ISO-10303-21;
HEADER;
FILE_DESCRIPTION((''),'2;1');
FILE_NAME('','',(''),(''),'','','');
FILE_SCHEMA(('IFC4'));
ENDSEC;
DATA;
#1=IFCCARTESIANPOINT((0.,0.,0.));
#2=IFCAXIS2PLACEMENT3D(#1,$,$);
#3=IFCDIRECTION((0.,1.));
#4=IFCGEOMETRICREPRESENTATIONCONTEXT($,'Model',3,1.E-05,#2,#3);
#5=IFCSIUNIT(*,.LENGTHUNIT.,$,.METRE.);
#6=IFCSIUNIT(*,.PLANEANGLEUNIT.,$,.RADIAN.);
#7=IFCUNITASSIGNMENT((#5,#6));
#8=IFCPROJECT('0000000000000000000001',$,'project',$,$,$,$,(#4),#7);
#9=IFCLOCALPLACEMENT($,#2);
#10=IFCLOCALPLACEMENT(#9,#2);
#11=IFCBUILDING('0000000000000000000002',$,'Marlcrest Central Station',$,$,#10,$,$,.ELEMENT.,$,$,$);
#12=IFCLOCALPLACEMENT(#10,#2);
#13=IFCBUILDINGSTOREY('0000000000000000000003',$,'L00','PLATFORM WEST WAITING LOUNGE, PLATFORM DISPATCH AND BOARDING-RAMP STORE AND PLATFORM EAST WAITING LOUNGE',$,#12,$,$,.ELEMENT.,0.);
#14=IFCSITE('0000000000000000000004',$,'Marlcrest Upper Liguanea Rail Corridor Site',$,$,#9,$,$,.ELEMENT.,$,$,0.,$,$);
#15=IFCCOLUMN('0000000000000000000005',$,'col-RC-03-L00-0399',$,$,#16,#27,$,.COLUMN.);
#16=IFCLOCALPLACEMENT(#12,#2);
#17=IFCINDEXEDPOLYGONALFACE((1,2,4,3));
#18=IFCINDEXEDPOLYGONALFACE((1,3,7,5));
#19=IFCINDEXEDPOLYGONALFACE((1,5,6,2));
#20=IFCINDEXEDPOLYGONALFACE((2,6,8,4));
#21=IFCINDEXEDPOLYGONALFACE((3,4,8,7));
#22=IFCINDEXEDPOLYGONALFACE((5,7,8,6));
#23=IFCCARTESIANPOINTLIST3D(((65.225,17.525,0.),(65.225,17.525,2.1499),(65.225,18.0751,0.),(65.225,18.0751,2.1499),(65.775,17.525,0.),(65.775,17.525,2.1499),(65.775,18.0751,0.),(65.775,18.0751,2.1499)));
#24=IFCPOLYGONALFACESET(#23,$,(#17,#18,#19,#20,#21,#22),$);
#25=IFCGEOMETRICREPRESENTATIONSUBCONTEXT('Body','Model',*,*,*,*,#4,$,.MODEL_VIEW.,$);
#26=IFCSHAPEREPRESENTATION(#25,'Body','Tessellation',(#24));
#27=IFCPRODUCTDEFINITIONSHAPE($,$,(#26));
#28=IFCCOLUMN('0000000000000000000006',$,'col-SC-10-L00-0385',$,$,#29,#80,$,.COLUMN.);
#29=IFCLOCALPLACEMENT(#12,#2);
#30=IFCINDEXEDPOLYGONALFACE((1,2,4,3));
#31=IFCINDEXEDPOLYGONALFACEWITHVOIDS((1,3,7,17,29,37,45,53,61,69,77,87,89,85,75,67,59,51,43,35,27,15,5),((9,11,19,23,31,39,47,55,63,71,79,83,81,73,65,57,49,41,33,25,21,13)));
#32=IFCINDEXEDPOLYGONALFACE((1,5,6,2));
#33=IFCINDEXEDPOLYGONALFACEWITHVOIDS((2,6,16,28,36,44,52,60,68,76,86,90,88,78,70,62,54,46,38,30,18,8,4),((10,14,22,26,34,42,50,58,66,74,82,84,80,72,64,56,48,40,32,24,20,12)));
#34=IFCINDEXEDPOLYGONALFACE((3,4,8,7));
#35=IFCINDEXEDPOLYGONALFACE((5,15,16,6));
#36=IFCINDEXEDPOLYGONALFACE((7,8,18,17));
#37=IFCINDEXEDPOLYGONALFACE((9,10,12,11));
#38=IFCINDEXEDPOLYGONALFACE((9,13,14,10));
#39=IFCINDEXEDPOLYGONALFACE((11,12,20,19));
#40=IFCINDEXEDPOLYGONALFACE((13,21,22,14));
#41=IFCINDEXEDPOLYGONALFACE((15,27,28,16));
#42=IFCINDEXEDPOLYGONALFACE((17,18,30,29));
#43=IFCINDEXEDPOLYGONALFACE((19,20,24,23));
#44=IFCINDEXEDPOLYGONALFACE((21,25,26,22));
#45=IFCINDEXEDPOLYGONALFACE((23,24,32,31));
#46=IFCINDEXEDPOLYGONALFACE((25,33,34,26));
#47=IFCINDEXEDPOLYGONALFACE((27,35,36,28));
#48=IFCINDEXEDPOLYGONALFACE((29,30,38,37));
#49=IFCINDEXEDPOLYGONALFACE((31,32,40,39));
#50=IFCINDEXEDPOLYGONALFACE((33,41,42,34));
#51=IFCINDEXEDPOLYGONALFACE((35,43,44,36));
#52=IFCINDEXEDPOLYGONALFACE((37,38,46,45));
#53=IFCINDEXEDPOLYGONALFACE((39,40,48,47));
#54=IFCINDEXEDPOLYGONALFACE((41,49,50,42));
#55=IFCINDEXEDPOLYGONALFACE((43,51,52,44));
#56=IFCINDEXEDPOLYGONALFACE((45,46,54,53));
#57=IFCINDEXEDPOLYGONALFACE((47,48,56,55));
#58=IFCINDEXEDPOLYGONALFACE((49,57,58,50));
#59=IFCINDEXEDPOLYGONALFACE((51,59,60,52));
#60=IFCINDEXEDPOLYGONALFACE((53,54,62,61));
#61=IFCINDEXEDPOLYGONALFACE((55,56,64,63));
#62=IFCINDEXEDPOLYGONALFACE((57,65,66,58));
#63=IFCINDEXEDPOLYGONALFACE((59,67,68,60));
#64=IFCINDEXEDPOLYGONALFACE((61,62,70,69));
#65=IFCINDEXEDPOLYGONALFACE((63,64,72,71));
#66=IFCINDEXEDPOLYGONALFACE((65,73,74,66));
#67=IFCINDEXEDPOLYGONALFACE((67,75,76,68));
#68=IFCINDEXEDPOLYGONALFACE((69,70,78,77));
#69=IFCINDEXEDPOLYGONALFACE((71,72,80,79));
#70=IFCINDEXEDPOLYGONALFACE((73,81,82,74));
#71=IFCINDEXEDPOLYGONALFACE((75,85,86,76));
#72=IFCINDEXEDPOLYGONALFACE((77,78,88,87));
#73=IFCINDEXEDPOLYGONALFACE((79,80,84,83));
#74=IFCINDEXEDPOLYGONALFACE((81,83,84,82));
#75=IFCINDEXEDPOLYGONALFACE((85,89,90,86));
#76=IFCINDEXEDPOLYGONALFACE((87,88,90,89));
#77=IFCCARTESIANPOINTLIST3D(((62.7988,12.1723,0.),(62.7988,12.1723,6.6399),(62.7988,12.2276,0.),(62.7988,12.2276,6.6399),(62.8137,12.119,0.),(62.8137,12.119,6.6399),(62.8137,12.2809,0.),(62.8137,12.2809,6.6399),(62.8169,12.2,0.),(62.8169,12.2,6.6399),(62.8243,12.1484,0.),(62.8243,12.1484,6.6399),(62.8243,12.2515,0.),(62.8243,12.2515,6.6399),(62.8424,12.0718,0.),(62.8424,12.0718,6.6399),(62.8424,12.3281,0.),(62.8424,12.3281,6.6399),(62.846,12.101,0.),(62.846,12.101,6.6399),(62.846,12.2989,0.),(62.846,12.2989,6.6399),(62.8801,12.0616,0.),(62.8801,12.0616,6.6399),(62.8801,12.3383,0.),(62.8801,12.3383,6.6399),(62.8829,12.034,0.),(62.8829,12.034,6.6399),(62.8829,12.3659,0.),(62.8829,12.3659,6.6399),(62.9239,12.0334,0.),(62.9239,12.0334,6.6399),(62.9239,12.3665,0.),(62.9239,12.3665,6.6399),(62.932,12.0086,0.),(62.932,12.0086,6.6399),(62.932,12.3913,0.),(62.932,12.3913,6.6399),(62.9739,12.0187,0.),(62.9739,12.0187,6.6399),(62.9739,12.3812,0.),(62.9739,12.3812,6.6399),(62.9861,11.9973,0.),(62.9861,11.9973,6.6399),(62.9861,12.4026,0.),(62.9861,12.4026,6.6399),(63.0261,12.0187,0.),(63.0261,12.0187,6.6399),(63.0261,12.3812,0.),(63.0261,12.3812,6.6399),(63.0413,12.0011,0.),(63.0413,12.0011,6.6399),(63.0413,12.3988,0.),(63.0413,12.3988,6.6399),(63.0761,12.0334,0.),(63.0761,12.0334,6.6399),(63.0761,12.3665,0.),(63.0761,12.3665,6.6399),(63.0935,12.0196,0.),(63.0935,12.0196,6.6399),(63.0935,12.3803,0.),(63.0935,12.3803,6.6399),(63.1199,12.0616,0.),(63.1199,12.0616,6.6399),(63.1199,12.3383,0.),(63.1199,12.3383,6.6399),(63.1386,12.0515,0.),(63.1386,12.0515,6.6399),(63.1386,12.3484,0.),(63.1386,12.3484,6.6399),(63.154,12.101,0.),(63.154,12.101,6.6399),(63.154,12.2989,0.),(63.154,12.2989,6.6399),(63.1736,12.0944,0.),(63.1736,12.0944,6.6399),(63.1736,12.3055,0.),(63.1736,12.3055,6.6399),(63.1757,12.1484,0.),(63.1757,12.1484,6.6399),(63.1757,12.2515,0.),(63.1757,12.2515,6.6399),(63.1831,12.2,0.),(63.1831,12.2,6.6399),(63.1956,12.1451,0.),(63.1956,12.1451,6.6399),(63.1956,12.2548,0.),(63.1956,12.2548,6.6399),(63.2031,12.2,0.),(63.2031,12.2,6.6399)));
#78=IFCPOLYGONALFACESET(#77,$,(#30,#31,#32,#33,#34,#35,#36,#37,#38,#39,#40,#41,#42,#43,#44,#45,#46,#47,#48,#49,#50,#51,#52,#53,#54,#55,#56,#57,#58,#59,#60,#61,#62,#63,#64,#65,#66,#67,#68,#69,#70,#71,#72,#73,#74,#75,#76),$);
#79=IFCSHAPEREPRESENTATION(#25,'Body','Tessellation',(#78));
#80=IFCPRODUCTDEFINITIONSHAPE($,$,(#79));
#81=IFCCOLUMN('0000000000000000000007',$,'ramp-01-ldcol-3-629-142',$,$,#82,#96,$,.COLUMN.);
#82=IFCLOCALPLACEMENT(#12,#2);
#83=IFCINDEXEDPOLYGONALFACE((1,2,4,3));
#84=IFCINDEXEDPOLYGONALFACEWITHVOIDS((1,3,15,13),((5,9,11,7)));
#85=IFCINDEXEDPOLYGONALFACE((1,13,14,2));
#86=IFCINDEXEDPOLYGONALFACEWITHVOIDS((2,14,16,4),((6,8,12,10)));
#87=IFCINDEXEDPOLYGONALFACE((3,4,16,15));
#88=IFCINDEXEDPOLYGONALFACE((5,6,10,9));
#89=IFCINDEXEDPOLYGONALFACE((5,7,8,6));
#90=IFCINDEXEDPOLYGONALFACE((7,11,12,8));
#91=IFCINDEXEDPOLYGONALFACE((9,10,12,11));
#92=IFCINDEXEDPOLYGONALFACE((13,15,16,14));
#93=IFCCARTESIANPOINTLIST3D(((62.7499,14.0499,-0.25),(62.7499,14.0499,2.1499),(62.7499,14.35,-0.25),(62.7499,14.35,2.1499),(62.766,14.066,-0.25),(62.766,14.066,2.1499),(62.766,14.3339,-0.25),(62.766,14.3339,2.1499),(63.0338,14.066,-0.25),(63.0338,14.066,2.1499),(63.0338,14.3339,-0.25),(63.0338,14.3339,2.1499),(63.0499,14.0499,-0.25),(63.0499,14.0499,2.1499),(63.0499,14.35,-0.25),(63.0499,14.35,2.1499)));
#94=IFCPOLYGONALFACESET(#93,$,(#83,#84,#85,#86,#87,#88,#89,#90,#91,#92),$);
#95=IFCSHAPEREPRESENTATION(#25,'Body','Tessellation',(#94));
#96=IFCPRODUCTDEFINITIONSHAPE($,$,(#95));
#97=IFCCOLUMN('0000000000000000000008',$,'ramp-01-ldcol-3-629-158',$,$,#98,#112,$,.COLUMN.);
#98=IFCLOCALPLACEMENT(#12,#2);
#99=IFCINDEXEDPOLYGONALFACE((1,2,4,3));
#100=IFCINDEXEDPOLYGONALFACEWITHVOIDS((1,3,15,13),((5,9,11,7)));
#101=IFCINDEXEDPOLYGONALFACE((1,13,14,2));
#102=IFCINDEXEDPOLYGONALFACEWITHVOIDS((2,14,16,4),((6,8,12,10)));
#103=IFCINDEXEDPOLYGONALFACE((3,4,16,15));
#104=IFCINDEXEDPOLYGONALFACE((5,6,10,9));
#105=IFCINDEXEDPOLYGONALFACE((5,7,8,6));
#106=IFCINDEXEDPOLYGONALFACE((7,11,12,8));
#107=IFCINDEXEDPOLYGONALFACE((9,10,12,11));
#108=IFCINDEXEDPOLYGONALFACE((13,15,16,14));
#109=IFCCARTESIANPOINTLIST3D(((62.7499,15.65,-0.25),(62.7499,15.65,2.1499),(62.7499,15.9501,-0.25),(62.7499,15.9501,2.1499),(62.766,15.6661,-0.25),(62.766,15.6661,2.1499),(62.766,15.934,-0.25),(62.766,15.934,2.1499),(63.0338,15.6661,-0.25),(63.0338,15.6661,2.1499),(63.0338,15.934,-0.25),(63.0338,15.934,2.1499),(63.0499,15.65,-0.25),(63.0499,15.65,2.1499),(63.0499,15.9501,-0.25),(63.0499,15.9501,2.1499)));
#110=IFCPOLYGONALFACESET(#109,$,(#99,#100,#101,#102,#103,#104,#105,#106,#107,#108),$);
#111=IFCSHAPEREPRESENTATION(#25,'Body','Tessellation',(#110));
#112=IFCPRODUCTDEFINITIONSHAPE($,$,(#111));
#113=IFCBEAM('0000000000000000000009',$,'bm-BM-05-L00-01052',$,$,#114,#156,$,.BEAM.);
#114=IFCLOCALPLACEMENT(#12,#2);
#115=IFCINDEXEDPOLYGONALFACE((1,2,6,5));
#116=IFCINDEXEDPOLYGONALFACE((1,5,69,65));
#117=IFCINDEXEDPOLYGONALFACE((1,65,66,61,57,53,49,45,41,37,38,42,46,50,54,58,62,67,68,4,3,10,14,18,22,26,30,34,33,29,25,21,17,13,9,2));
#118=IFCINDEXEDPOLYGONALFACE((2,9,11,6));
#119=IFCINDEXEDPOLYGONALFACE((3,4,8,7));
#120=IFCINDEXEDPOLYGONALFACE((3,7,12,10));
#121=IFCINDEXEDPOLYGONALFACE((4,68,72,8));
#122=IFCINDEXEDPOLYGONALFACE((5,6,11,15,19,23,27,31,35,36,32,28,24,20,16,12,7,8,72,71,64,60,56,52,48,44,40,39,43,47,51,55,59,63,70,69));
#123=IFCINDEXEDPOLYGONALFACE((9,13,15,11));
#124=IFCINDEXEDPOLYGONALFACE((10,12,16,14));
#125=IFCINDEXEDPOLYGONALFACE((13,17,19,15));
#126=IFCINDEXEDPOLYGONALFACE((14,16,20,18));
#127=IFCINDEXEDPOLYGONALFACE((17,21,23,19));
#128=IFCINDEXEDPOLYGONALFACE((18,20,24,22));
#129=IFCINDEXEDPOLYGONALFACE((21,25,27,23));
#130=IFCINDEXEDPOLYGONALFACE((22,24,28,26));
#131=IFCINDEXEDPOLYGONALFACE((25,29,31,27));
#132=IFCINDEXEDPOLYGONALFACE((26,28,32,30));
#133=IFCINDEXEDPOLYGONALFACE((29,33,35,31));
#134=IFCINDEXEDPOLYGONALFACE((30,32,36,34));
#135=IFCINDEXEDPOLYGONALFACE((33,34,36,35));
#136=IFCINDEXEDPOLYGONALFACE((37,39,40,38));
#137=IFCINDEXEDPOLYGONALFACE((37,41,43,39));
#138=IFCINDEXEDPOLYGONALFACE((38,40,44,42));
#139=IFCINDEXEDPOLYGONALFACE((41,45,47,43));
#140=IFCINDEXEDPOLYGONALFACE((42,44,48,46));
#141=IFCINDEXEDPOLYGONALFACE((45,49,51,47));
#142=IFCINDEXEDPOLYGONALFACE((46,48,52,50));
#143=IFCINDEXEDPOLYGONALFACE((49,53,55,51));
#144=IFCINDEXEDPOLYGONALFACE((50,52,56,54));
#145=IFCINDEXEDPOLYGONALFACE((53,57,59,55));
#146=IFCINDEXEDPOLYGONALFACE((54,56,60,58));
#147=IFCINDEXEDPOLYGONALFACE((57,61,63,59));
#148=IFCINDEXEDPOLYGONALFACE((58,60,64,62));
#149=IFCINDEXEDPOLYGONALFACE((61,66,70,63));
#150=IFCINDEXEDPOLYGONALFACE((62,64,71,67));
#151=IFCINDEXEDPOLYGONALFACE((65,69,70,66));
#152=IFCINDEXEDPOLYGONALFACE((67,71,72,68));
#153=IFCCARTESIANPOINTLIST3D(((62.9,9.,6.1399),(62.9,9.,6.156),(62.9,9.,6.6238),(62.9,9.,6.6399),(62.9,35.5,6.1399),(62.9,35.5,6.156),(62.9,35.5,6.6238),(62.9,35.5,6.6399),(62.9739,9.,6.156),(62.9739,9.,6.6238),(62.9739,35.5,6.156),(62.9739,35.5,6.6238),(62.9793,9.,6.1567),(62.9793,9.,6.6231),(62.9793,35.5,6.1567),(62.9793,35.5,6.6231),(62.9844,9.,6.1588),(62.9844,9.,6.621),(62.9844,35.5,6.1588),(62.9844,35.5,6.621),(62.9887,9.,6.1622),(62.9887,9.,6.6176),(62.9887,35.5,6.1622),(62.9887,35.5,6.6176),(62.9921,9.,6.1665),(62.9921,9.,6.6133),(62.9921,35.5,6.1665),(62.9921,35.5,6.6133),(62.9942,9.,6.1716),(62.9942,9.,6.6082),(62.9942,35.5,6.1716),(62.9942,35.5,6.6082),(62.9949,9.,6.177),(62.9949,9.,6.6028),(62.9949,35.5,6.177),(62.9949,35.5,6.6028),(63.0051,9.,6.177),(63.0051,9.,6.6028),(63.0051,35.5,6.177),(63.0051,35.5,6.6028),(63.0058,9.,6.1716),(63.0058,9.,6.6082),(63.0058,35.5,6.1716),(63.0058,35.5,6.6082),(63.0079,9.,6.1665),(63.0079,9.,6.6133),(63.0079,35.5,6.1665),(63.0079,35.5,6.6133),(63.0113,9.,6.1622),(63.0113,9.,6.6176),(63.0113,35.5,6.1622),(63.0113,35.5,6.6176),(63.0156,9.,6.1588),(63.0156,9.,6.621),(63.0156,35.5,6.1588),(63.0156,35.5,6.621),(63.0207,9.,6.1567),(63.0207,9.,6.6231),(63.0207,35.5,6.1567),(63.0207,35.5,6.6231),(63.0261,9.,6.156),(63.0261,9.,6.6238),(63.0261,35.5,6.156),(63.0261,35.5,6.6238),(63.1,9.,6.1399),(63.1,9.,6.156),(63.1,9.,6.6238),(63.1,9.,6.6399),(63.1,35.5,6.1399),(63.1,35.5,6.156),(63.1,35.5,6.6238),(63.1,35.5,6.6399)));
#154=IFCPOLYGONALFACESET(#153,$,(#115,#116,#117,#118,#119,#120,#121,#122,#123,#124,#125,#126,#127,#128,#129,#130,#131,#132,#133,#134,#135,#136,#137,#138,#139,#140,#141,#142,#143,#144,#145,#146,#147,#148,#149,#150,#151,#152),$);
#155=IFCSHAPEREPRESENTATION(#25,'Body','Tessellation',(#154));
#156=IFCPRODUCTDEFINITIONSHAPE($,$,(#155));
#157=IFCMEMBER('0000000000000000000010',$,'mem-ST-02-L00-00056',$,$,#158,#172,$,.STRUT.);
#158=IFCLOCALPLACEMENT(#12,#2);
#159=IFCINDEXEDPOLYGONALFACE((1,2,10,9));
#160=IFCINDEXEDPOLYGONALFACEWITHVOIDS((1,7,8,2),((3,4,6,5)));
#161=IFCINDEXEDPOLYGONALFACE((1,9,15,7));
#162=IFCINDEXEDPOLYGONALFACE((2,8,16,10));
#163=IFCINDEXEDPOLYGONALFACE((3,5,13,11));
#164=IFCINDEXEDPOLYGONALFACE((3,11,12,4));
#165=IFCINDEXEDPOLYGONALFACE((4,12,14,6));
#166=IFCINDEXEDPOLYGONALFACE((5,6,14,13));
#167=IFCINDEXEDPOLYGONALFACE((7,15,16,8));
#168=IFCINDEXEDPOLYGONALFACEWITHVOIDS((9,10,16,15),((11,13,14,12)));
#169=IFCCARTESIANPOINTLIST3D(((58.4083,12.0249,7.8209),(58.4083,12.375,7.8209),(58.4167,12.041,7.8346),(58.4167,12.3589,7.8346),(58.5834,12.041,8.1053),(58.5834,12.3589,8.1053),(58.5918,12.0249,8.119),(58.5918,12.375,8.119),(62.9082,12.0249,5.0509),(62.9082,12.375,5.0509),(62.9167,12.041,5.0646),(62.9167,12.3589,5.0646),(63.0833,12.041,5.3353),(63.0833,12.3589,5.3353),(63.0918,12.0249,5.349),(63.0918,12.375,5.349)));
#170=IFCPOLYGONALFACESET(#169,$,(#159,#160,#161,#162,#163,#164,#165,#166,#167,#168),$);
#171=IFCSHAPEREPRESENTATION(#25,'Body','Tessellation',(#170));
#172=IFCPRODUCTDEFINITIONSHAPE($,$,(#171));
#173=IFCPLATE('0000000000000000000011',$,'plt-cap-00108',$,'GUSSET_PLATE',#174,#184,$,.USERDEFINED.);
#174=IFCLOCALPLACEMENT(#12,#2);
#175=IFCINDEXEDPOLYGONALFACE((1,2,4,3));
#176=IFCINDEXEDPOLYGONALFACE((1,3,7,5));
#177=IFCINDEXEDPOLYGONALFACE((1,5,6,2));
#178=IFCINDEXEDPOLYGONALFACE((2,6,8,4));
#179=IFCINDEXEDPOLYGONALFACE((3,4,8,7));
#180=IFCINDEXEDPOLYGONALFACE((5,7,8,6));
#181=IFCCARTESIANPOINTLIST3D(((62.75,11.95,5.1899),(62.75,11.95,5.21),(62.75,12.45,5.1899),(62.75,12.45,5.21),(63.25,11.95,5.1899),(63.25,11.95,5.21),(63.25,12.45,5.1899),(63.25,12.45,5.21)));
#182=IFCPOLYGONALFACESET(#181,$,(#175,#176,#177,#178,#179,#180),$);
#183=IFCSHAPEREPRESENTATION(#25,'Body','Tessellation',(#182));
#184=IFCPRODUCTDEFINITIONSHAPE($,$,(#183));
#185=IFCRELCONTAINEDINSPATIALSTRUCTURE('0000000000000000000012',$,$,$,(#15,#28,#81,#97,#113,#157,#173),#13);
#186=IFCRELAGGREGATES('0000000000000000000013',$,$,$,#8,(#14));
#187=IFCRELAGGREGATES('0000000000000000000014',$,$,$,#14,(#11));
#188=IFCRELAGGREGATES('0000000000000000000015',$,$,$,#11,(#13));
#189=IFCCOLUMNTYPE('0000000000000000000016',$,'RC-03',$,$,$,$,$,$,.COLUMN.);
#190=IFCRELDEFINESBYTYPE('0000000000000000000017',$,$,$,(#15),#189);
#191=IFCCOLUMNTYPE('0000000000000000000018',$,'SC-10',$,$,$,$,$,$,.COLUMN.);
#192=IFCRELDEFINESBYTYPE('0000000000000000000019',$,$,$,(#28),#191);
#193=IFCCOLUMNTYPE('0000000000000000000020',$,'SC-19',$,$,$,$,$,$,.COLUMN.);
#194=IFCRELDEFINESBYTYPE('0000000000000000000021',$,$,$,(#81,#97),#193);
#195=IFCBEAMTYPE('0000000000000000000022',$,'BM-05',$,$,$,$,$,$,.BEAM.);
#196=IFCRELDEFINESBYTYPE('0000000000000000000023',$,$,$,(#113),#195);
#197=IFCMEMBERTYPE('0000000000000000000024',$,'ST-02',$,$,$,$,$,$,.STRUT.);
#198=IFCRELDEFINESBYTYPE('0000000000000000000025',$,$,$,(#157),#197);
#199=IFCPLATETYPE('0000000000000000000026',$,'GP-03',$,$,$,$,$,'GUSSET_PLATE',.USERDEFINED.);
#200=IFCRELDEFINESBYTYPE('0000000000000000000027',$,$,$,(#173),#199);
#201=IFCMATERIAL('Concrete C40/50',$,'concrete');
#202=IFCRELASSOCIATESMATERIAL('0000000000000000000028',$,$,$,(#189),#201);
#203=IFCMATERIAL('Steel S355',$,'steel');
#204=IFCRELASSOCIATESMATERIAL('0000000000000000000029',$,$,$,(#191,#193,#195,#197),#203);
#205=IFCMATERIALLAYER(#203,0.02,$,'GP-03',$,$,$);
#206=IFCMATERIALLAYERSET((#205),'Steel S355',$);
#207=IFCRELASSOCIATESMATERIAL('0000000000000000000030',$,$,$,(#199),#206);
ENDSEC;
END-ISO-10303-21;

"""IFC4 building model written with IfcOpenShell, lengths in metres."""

from ifc_helpers import new_model, si_unit, direction, frame, origin, origin_2d, place, context, subcontext, project, spatial, rectangle, hollow_rectangle, hollow_circle, i_section, extrude, material, layer, layer_set, material_profile, profile_set, type_object, element, save


model = new_model("IFC4")

# Units and contexts
model_context = context("Model", 3, precision=1e-05, world=origin(), true_north=direction((0.0, 1.0)))
body_context = subcontext(model_context, "Body", "Model", "MODEL_VIEW")
ifc_project = project(units=[si_unit("LENGTHUNIT", "METRE"), si_unit("PLANEANGLEUNIT", "RADIAN")], contexts=[model_context])

# Site, building, storey
site_placement = place(None, origin())
site = spatial("IfcSite", under=ifc_project, at=site_placement, Name="Marlcrest Upper Liguanea Rail Corridor Site", CompositionType="ELEMENT", RefElevation=0.0)
building_placement = place(site_placement, origin())
building = spatial("IfcBuilding", under=site, at=building_placement, Name="Marlcrest Central Station", CompositionType="ELEMENT")
storey_placement = place(building_placement, origin())
storey = spatial("IfcBuildingStorey", under=building, at=storey_placement, Name="L00", Description="PLATFORM WEST WAITING LOUNGE, PLATFORM DISPATCH AND BOARDING-RAMP STORE AND PLATFORM EAST WAITING LOUNGE", CompositionType="ELEMENT", Elevation=0.0)

# Shared definitions
ifc_material_1 = material(Name="Concrete C40/50", Category="concrete")

# Columns
ifc_material_profile_1 = material_profile(ifc_material_1, rectangle(XDim=0.55, YDim=0.55, at=origin_2d()), Name="RC 550x550")
ifc_profile_set_1 = profile_set([ifc_material_profile_1], Name="Concrete C40/50")
column_type_1 = type_object("IfcColumnType", Name="RC-03", PredefinedType="COLUMN", material=ifc_profile_set_1)
for number, where, z_axis, x_axis, name in (
    (1, (65.5, 17.8, 0.0), (0.0, 0.0, 1.0), (1.0, 0.0, 0.0), "col-RC-03-L00-0399"),
):
    element("IfcColumn", number, at=place(storey_placement, frame(where, z_axis=z_axis, x_axis=x_axis)), inside=storey, type_object=column_type_1, Name=name, PredefinedType="COLUMN", context=body_context, shape_type="SweptSolid", body=[
        extrude(rectangle(XDim=0.55, YDim=0.55, at=origin_2d()), origin(), (0.0, 0.0, 1.0), 2.1499),
    ])
ifc_material_2 = material(Name="Steel S355", Category="steel")
ifc_material_profile_2 = material_profile(ifc_material_2, hollow_circle(Radius=0.2031, WallThickness=0.02, at=origin_2d()), Name="CHS 406.4x20")
ifc_profile_set_2 = profile_set([ifc_material_profile_2], Name="Steel S355")
column_type_2 = type_object("IfcColumnType", Name="SC-10", PredefinedType="COLUMN", material=ifc_profile_set_2)
column_placement = place(storey_placement, frame((63.0, 12.2, 0.0), z_axis=(0.0, 0.0, 1.0), x_axis=(1.0, 0.0, 0.0)))
element("IfcColumn", 2, at=column_placement, inside=storey, type_object=column_type_2, Name="col-SC-10-L00-0385", PredefinedType="COLUMN", context=body_context, shape_type="SweptSolid", body=[
    extrude(hollow_circle(Radius=0.2031, WallThickness=0.02, at=origin_2d()), origin(), (0.0, 0.0, 1.0), 6.6399),
])
ifc_material_profile_3 = material_profile(ifc_material_2, hollow_rectangle(XDim=0.3, YDim=0.3, WallThickness=0.0161, at=origin_2d()), Name="SHS 300x300x16")
ifc_profile_set_3 = profile_set([ifc_material_profile_3], Name="Steel S355")
column_type_3 = type_object("IfcColumnType", Name="SC-19", PredefinedType="COLUMN", material=ifc_profile_set_3)
for number, where, z_axis, x_axis, name in (
    (3, (62.8999, 14.2, -0.25), (0.0, 0.0, 1.0), (1.0, 0.0, 0.0), "ramp-01-ldcol-3-629-142"),
    (4, (62.8999, 15.8, -0.25), (0.0, 0.0, 1.0), (1.0, 0.0, 0.0), "ramp-01-ldcol-3-629-158"),
):
    element("IfcColumn", number, at=place(storey_placement, frame(where, z_axis=z_axis, x_axis=x_axis)), inside=storey, type_object=column_type_3, Name=name, PredefinedType="COLUMN", context=body_context, shape_type="SweptSolid", body=[
        extrude(hollow_rectangle(XDim=0.3, YDim=0.3, WallThickness=0.0161, at=origin_2d()), origin(), (0.0, 0.0, 1.0), 2.3999),
    ])

# Beam
ifc_material_profile_4 = material_profile(ifc_material_2, i_section(OverallWidth=0.2, OverallDepth=0.5, WebThickness=0.0103, FlangeThickness=0.0161, FilletRadius=0.021, at=origin_2d()), Name="IPE 500")
ifc_profile_set_4 = profile_set([ifc_material_profile_4], Name="Steel S355")
beam_type = type_object("IfcBeamType", Name="BM-05", PredefinedType="BEAM", material=ifc_profile_set_4)
beam_placement = place(storey_placement, frame((63.0, 9.0, 6.3899), z_axis=(0.0, 1.0, 0.0), x_axis=(-1.0, 0.0, 0.0)))
element("IfcBeam", 5, at=beam_placement, inside=storey, type_object=beam_type, Name="bm-BM-05-L00-01052", PredefinedType="BEAM", context=body_context, shape_type="SweptSolid", body=[
    extrude(i_section(OverallWidth=0.2, OverallDepth=0.5, WebThickness=0.0103, FlangeThickness=0.0161, FilletRadius=0.021, at=origin_2d()), origin(), (0.0, 0.0, 1.0), 26.5),
])

# Member
ifc_material_profile_5 = material_profile(ifc_material_2, hollow_rectangle(XDim=0.3501, YDim=0.3501, WallThickness=0.0161, at=origin_2d()), Name="SHS 350x350x16")
ifc_profile_set_5 = profile_set([ifc_material_profile_5], Name="Steel S355")
member_type = type_object("IfcMemberType", Name="ST-02", PredefinedType="STRUT", material=ifc_profile_set_5)
member_placement = place(storey_placement, frame((63.0, 12.2, 5.2), z_axis=(-0.851592, 0.0, 0.524206), x_axis=(0.0, -1.0, 0.0)))
element("IfcMember", 6, at=member_placement, inside=storey, type_object=member_type, Name="mem-ST-02-L00-00056", PredefinedType="STRUT", context=body_context, shape_type="SweptSolid", body=[
    extrude(hollow_rectangle(XDim=0.3501, YDim=0.3501, WallThickness=0.0161, at=origin_2d()), origin(), (0.0, 0.0, 1.0), 5.2842),
])

# Plate
ifc_layer_1 = layer(ifc_material_2, 0.02, Name="GP-03")
ifc_layer_set_1 = layer_set([ifc_layer_1], Name="Steel S355")
plate_type = type_object("IfcPlateType", Name="GP-03", ElementType="GUSSET_PLATE", PredefinedType="USERDEFINED", material=ifc_layer_set_1)
plate_placement = place(storey_placement, frame((63.0, 12.2, 5.1899), z_axis=(0.0, 0.0, 1.0), x_axis=(1.0, 0.0, 0.0)))
element("IfcPlate", 7, at=plate_placement, inside=storey, type_object=plate_type, Name="plt-cap-00108", ObjectType="GUSSET_PLATE", PredefinedType="USERDEFINED", context=body_context, shape_type="SweptSolid", body=[
    extrude(rectangle(XDim=0.5, YDim=0.5, at=origin_2d()), origin(), (0.0, 0.0, 1.0), 0.02),
])

save(model, "model.ifc")
